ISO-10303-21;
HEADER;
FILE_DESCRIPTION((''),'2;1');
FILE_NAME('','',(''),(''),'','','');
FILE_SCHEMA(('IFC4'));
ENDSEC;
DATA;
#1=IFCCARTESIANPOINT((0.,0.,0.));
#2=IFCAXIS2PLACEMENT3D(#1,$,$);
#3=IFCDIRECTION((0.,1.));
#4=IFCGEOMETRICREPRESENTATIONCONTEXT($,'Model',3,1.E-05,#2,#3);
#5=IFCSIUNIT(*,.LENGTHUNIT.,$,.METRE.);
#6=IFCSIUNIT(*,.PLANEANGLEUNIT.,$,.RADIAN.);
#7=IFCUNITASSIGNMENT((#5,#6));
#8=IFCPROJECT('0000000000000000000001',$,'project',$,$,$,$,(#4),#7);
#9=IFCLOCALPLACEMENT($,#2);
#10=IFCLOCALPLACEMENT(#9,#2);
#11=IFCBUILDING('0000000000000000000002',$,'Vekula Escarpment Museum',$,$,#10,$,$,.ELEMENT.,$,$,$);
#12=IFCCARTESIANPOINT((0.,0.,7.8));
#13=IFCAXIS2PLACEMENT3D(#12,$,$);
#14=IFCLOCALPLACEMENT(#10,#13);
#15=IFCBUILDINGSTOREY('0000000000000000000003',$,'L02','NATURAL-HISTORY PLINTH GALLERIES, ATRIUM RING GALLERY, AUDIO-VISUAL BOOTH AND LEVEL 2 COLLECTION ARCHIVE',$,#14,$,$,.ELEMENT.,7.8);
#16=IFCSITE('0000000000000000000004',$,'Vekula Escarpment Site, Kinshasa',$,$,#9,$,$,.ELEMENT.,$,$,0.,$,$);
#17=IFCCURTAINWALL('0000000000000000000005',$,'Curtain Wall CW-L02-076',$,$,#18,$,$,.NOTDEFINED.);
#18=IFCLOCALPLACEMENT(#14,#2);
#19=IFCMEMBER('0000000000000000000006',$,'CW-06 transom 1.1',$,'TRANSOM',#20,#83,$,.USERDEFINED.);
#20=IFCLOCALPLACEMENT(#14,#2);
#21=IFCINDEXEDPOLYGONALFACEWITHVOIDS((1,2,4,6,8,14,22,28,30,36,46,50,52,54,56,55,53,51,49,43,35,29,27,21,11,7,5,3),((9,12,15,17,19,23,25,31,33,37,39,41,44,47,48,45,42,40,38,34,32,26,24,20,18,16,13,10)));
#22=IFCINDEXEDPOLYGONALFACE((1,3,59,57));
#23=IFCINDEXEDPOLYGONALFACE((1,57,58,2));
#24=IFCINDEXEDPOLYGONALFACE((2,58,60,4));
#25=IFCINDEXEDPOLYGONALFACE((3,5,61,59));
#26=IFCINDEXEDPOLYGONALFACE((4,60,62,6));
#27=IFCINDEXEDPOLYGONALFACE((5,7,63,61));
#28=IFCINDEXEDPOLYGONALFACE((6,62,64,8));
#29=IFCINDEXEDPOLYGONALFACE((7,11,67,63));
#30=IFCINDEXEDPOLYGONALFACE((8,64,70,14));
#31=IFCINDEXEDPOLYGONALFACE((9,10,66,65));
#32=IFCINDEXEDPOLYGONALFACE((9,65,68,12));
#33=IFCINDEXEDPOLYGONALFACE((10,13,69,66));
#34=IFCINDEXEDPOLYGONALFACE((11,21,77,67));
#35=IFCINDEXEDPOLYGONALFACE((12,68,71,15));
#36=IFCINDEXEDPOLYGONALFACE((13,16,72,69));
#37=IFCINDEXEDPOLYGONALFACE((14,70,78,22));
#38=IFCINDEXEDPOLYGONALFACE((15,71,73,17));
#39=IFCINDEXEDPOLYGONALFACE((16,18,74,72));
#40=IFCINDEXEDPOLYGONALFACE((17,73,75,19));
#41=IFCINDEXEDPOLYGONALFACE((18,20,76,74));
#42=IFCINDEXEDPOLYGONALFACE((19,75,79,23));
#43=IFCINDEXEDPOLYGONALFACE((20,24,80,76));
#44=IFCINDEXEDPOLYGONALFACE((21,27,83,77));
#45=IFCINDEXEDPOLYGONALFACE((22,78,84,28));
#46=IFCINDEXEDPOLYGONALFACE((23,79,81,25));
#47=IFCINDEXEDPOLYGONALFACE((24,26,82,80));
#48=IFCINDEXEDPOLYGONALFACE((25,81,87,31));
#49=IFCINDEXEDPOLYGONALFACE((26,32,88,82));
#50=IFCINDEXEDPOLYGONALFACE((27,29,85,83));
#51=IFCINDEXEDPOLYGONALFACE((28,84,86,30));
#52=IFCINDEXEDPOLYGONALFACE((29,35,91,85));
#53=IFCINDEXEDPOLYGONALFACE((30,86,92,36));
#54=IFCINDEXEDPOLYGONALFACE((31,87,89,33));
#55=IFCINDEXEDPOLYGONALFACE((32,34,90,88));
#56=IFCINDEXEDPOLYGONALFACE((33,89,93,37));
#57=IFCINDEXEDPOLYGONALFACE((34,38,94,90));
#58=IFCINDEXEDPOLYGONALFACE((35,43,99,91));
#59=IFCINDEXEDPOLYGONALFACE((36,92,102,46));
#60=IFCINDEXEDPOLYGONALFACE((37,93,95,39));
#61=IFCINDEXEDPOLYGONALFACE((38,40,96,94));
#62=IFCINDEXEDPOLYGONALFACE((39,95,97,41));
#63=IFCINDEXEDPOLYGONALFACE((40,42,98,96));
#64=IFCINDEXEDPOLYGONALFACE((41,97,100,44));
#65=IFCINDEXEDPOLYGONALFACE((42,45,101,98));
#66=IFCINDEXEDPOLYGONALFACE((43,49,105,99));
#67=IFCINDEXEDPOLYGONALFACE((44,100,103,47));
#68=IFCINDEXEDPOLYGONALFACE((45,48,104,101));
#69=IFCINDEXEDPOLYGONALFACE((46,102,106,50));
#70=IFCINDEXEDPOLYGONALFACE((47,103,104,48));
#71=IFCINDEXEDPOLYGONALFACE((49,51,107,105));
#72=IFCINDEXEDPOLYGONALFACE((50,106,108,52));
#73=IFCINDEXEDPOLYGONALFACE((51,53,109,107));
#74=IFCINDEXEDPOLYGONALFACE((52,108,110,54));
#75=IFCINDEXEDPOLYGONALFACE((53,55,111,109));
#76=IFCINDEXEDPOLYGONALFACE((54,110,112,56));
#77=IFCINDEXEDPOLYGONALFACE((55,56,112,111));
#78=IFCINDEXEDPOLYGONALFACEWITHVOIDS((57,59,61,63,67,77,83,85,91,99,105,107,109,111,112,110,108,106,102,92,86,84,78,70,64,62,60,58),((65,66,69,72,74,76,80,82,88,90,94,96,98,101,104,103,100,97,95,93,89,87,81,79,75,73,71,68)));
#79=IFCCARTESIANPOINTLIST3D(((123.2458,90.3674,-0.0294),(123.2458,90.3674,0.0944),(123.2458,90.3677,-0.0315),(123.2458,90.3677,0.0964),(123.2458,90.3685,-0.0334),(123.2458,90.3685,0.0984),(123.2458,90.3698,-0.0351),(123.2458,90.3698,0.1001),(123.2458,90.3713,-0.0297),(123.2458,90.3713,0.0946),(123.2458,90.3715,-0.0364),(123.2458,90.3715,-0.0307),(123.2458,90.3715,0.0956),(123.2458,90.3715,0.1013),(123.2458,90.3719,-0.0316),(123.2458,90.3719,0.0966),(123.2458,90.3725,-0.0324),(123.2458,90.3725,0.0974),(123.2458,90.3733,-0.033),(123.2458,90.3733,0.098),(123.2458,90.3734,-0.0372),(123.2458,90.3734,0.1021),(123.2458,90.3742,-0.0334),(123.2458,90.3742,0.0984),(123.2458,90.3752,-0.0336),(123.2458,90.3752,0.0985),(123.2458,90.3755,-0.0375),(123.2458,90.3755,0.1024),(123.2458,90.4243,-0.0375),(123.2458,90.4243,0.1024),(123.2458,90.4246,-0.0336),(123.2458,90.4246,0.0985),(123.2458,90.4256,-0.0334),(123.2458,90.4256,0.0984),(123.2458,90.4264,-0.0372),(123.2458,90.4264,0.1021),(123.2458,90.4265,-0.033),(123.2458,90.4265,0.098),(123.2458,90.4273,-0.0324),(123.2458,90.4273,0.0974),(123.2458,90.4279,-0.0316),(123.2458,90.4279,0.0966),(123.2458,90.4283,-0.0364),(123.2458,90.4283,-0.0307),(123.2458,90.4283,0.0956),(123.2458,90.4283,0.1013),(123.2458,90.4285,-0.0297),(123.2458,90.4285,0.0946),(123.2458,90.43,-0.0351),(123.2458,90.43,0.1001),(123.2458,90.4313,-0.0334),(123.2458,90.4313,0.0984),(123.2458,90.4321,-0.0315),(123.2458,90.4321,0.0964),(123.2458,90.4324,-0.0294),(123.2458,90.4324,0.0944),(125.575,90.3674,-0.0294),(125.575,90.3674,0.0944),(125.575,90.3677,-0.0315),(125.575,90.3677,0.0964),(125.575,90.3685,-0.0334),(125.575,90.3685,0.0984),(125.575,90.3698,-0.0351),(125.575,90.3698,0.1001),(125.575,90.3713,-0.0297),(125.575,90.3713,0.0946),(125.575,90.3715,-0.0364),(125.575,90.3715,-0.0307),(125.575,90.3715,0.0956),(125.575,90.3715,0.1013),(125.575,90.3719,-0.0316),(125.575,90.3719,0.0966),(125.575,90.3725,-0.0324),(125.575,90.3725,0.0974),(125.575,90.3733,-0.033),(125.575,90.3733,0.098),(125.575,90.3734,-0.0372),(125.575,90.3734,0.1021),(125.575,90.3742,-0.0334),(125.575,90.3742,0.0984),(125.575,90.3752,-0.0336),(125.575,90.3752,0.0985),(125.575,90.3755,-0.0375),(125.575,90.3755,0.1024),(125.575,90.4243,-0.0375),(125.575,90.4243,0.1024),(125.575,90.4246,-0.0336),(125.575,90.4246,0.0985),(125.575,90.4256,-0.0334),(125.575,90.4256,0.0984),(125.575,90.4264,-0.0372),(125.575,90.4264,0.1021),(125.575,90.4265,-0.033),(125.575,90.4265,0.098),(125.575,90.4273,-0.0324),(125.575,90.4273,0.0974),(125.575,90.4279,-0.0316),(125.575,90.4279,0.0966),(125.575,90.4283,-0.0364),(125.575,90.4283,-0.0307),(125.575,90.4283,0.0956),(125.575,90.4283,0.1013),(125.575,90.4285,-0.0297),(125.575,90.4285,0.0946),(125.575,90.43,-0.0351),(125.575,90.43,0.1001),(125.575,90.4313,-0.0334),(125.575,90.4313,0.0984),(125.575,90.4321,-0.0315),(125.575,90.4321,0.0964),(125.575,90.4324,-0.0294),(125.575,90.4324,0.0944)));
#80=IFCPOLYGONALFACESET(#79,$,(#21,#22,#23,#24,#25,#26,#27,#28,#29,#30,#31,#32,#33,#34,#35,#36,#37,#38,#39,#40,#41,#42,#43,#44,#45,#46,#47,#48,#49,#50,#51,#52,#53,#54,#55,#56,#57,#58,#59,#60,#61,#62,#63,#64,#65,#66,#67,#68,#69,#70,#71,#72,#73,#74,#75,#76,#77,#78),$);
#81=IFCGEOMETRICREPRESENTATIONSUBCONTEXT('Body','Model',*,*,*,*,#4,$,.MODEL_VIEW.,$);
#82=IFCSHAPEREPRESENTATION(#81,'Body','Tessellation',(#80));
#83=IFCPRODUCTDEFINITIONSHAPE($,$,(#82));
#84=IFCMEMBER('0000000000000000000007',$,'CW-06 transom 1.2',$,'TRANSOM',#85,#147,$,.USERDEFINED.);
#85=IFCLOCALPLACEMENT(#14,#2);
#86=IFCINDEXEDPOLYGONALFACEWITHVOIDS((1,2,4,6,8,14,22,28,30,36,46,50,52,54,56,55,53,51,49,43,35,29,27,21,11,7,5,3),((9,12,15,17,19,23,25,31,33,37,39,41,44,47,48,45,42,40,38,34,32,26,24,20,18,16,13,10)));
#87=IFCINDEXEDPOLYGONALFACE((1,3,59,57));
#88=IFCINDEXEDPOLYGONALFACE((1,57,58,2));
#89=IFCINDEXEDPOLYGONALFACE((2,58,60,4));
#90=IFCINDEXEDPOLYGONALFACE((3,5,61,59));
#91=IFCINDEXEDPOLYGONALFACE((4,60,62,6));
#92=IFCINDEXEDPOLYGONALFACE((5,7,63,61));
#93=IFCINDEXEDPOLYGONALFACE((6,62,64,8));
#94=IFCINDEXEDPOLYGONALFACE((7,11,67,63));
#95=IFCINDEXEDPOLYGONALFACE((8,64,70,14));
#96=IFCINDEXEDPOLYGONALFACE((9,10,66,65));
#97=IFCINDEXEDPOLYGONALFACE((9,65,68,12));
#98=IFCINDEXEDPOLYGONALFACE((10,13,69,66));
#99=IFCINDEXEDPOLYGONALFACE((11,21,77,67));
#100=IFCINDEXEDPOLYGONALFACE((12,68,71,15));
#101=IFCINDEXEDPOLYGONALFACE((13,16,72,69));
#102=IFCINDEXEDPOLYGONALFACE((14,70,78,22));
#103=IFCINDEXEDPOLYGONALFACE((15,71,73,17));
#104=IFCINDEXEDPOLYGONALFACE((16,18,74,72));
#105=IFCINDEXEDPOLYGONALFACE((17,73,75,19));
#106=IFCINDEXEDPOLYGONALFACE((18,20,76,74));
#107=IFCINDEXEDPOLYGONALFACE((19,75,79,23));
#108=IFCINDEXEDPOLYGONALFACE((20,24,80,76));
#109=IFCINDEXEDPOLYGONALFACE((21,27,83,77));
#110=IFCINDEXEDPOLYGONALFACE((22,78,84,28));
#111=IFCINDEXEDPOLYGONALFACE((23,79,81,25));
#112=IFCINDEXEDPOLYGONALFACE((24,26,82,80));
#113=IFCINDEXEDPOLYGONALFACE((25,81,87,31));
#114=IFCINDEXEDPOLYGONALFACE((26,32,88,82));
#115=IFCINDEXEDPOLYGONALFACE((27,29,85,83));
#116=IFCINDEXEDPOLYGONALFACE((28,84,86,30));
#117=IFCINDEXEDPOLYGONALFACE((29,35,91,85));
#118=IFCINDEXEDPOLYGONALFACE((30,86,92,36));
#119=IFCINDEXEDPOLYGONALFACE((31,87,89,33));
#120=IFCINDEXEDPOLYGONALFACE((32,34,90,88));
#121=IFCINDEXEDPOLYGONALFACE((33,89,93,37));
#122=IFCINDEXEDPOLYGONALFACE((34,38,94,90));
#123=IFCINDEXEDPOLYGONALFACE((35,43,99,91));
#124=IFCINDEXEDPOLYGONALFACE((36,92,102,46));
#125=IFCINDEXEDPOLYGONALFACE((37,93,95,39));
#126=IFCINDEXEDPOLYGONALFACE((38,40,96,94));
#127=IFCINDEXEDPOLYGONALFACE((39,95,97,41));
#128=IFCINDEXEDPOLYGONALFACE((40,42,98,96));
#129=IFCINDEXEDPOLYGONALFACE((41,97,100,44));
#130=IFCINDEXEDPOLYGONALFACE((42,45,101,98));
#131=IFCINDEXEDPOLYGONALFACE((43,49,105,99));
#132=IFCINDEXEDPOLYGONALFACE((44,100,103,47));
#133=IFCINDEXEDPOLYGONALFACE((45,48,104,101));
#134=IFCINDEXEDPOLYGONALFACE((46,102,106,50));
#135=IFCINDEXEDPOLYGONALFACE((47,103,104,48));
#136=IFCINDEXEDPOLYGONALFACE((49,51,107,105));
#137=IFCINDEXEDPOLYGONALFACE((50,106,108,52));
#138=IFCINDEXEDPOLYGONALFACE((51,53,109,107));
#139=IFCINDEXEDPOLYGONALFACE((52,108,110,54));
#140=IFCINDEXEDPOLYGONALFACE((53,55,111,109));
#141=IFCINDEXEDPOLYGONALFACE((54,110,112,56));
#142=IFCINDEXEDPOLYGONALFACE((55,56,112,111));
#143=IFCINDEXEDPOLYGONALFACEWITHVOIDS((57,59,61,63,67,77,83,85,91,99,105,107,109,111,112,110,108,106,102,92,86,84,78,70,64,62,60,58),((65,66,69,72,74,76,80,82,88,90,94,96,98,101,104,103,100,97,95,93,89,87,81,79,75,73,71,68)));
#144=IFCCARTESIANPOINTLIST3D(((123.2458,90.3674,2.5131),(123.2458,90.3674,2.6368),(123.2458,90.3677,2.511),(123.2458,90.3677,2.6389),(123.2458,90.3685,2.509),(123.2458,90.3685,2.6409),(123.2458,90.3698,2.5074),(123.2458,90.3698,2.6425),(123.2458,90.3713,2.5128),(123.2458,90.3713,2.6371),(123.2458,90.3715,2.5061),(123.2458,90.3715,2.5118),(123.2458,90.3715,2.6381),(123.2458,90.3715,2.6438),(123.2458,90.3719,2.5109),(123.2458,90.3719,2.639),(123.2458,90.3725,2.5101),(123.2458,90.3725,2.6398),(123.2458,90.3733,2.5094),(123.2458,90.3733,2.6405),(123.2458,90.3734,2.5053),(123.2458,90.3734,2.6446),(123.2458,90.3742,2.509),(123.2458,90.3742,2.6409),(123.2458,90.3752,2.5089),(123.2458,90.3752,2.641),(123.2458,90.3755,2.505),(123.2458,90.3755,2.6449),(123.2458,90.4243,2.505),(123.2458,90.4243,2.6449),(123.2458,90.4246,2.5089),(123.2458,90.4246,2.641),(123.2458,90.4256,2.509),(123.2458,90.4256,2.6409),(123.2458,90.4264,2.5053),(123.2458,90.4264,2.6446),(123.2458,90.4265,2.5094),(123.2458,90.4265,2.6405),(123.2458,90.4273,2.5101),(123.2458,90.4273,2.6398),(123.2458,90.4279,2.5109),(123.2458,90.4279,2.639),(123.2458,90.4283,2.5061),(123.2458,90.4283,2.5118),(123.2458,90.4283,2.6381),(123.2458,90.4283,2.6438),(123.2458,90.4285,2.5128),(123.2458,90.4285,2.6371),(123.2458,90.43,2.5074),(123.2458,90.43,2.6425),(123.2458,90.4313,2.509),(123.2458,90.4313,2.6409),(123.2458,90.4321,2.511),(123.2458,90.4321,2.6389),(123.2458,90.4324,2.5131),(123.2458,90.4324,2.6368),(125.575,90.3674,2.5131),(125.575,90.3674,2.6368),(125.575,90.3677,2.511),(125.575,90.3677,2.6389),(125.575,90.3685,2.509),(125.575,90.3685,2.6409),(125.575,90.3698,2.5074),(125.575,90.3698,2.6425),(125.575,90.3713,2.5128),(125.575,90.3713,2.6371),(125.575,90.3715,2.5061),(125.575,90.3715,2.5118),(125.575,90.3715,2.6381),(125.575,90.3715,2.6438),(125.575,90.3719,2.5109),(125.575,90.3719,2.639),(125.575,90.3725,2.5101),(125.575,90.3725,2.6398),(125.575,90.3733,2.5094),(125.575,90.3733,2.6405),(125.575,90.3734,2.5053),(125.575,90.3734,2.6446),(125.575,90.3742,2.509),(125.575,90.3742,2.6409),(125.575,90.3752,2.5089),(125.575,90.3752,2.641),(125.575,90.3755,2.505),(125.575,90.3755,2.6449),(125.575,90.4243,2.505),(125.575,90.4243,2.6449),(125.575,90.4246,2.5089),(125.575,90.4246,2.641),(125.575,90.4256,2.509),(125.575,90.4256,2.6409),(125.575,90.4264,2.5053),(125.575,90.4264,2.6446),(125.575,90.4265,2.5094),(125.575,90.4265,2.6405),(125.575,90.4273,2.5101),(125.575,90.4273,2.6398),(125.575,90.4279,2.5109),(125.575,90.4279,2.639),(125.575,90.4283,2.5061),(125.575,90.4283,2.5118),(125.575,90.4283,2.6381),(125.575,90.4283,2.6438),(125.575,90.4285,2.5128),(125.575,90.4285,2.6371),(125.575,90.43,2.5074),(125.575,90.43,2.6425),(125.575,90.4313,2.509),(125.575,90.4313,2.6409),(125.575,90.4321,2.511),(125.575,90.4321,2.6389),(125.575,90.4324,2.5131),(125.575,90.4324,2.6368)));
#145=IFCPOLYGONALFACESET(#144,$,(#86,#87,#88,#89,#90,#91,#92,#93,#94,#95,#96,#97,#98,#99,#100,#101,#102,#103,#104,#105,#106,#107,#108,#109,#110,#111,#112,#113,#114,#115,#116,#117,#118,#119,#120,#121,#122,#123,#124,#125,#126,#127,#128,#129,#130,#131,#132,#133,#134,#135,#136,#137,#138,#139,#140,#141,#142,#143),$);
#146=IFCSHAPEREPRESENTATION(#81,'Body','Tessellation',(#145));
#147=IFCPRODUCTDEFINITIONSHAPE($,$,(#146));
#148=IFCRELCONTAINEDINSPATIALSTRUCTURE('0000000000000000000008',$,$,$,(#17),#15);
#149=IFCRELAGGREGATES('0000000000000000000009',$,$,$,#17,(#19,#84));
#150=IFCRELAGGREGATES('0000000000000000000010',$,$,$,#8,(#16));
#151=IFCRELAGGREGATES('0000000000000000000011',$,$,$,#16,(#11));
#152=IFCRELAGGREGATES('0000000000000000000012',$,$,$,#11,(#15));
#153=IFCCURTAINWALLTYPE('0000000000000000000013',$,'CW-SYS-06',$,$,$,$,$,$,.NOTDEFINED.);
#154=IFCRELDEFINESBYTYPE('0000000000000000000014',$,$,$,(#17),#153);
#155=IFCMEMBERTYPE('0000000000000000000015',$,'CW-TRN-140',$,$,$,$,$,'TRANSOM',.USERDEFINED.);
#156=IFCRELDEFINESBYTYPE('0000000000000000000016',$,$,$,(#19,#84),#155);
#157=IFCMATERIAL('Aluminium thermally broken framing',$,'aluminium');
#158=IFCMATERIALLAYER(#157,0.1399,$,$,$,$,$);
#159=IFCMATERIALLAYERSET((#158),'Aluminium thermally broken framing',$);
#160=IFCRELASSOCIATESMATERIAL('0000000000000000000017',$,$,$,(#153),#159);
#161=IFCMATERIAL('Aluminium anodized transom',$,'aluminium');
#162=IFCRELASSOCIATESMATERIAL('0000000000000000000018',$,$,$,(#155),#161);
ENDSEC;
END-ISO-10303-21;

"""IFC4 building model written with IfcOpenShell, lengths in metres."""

from ifc_helpers import new_model, si_unit, direction, frame, origin, origin_2d, place, context, subcontext, project, spatial, hollow_rectangle, extrude, material, layer, layer_set, material_profile, profile_set, type_object, element, aggregate, save


model = new_model("IFC4")

# Units and contexts
model_context = context("Model", 3, precision=1e-05, world=origin(), true_north=direction((0.0, 1.0)))
body_context = subcontext(model_context, "Body", "Model", "MODEL_VIEW")
ifc_project = project(units=[si_unit("LENGTHUNIT", "METRE"), si_unit("PLANEANGLEUNIT", "RADIAN")], contexts=[model_context])

# Site, building, storey
site_placement = place(None, origin())
site = spatial("IfcSite", under=ifc_project, at=site_placement, Name="Vekula Escarpment Site, Kinshasa", CompositionType="ELEMENT", RefElevation=0.0)
building_placement = place(site_placement, origin())
building = spatial("IfcBuilding", under=site, at=building_placement, Name="Vekula Escarpment Museum", CompositionType="ELEMENT")
storey_placement = place(building_placement, frame((0.0, 0.0, 7.8)))
storey = spatial("IfcBuildingStorey", under=building, at=storey_placement, Name="L02", Description="NATURAL-HISTORY PLINTH GALLERIES, ATRIUM RING GALLERY, AUDIO-VISUAL BOOTH AND LEVEL 2 COLLECTION ARCHIVE", CompositionType="ELEMENT", Elevation=7.8)

# Curtain wall, members
ifc_material_1 = material(Name="Aluminium thermally broken framing", Category="aluminium")
ifc_layer_1 = layer(ifc_material_1, 0.1399)
ifc_layer_set_1 = layer_set([ifc_layer_1], Name="Aluminium thermally broken framing")
curtain_wall_type = type_object("IfcCurtainWallType", Name="CW-SYS-06", PredefinedType="NOTDEFINED", material=ifc_layer_set_1)
curtain_wall_placement = place(storey_placement, origin())
curtain_wall = element("IfcCurtainWall", 1, at=curtain_wall_placement, inside=storey, type_object=curtain_wall_type, Name="Curtain Wall CW-L02-076", PredefinedType="NOTDEFINED")
ifc_material_2 = material(Name="Aluminium anodized transom", Category="aluminium")
ifc_material_profile_1 = material_profile(ifc_material_2, hollow_rectangle(XDim=0.0649, YDim=0.1399, WallThickness=0.0039, InnerFilletRadius=0.0039, OuterFilletRadius=0.0081, at=origin_2d()), Name="ALU 140x65x4")
ifc_profile_set_1 = profile_set([ifc_material_profile_1], Name="Aluminium anodized transom")
member_type_1 = type_object("IfcMemberType", Name="CW-TRN-140", ElementType="TRANSOM", PredefinedType="USERDEFINED", material=ifc_profile_set_1)
member_1_placement = place(storey_placement, frame((125.575, 90.3999, 0.0325), z_axis=(-1.0, 0.0, 0.0), x_axis=(0.0, -1.0, 0.0)))
member_1 = element("IfcMember", 2, at=member_1_placement, type_object=member_type_1, Name="CW-06 transom 1.1", ObjectType="TRANSOM", PredefinedType="USERDEFINED", context=body_context, shape_type="SweptSolid", body=[
    extrude(hollow_rectangle(XDim=0.0649, YDim=0.1399, WallThickness=0.0039, InnerFilletRadius=0.0039, OuterFilletRadius=0.0081, at=origin_2d()), origin(), (0.0, 0.0, 1.0), 2.3291),
])
member_2_placement = place(storey_placement, frame((125.575, 90.3999, 2.575), z_axis=(-1.0, 0.0, 0.0), x_axis=(0.0, -1.0, 0.0)))
member_2 = element("IfcMember", 3, at=member_2_placement, type_object=member_type_1, Name="CW-06 transom 1.2", ObjectType="TRANSOM", PredefinedType="USERDEFINED", context=body_context, shape_type="SweptSolid", body=[
    extrude(hollow_rectangle(XDim=0.0649, YDim=0.1399, WallThickness=0.0039, InnerFilletRadius=0.0039, OuterFilletRadius=0.0081, at=origin_2d()), origin(), (0.0, 0.0, 1.0), 2.3291),
])

aggregate(curtain_wall, [member_1, member_2])

save(model, "model.ifc")
